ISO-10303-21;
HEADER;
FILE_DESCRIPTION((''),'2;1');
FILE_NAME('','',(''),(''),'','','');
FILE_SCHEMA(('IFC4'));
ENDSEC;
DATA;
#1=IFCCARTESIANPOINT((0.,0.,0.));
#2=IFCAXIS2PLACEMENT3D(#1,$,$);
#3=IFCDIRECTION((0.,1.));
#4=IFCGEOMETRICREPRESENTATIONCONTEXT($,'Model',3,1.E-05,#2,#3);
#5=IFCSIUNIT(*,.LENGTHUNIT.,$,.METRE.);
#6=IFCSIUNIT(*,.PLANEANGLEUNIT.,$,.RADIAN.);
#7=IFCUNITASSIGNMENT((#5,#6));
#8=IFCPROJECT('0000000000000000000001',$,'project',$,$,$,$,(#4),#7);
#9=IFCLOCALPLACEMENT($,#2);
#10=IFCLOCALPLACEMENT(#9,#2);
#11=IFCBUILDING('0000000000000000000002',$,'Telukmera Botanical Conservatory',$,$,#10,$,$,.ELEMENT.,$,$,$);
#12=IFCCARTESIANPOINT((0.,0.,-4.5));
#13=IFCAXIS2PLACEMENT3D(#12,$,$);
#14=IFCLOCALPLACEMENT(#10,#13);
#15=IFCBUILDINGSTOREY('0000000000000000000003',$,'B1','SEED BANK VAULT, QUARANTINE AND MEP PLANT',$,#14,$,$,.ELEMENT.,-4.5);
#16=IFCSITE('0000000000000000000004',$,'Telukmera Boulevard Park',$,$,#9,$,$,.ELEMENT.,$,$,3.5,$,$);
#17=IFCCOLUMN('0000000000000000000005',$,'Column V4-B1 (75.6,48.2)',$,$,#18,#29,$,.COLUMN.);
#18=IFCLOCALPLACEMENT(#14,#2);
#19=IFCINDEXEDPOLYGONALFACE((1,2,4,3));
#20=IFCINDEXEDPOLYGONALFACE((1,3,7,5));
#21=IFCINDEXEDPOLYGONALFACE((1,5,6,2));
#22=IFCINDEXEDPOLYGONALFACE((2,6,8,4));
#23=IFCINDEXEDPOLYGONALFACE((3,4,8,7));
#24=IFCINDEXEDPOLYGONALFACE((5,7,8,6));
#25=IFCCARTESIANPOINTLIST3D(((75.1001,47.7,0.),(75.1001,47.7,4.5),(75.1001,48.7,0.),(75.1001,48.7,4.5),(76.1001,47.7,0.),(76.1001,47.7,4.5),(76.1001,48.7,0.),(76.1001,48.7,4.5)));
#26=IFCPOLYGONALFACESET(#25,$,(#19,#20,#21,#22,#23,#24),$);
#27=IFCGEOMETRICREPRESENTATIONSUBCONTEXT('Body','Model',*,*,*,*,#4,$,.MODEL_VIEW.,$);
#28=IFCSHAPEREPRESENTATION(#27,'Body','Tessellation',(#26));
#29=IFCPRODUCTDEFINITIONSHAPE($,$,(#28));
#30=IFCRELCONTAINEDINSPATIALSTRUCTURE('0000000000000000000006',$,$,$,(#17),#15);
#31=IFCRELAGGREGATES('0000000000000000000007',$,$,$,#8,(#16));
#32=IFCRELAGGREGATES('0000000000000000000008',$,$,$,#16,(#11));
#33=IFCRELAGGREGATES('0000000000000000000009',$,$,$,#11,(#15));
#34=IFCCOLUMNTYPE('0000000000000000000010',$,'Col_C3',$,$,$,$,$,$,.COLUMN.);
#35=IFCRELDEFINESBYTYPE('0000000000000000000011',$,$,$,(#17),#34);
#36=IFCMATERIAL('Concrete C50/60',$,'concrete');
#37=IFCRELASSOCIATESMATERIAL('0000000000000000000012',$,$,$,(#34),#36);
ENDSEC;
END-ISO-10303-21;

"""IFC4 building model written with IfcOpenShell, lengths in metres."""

from ifc_helpers import new_model, si_unit, direction, frame, origin, origin_2d, place, context, subcontext, project, spatial, rectangle, extrude, material, material_profile, profile_set, type_object, element, save


model = new_model("IFC4")

# Units and contexts
model_context = context("Model", 3, precision=1e-05, world=origin(), true_north=direction((0.0, 1.0)))
body_context = subcontext(model_context, "Body", "Model", "MODEL_VIEW")
ifc_project = project(units=[si_unit("LENGTHUNIT", "METRE"), si_unit("PLANEANGLEUNIT", "RADIAN")], contexts=[model_context])

# Site, building, storey
site_placement = place(None, origin())
site = spatial("IfcSite", under=ifc_project, at=site_placement, Name="Telukmera Boulevard Park", CompositionType="ELEMENT", RefElevation=3.5)
building_placement = place(site_placement, origin())
building = spatial("IfcBuilding", under=site, at=building_placement, Name="Telukmera Botanical Conservatory", CompositionType="ELEMENT")
storey_placement = place(building_placement, frame((0.0, 0.0, -4.5)))
storey = spatial("IfcBuildingStorey", under=building, at=storey_placement, Name="B1", Description="SEED BANK VAULT, QUARANTINE AND MEP PLANT", CompositionType="ELEMENT", Elevation=-4.5)

# Shared definitions
ifc_material_1 = material(Name="Concrete C50/60", Category="concrete")

# Column
ifc_material_profile_1 = material_profile(ifc_material_1, rectangle(XDim=1.0, YDim=1.0, at=origin_2d()), Name="RC 1000x1000")
ifc_profile_set_1 = profile_set([ifc_material_profile_1], Name="Concrete C50/60")
column_type = type_object("IfcColumnType", Name="Col_C3", PredefinedType="COLUMN", material=ifc_profile_set_1)
for number, where, z_axis, x_axis, name in (
    (1, (75.6001, 48.2, 0.0), (0.0, 0.0, 1.0), (1.0, 0.0, 0.0), "Column V4-B1 (75.6,48.2)"),
):
    element("IfcColumn", number, at=place(storey_placement, frame(where, z_axis=z_axis, x_axis=x_axis)), inside=storey, type_object=column_type, Name=name, PredefinedType="COLUMN", context=body_context, shape_type="SweptSolid", body=[
        extrude(rectangle(XDim=1.0, YDim=1.0, at=origin_2d()), origin(), (0.0, 0.0, 1.0), 4.5),
    ])

save(model, "model.ifc")
